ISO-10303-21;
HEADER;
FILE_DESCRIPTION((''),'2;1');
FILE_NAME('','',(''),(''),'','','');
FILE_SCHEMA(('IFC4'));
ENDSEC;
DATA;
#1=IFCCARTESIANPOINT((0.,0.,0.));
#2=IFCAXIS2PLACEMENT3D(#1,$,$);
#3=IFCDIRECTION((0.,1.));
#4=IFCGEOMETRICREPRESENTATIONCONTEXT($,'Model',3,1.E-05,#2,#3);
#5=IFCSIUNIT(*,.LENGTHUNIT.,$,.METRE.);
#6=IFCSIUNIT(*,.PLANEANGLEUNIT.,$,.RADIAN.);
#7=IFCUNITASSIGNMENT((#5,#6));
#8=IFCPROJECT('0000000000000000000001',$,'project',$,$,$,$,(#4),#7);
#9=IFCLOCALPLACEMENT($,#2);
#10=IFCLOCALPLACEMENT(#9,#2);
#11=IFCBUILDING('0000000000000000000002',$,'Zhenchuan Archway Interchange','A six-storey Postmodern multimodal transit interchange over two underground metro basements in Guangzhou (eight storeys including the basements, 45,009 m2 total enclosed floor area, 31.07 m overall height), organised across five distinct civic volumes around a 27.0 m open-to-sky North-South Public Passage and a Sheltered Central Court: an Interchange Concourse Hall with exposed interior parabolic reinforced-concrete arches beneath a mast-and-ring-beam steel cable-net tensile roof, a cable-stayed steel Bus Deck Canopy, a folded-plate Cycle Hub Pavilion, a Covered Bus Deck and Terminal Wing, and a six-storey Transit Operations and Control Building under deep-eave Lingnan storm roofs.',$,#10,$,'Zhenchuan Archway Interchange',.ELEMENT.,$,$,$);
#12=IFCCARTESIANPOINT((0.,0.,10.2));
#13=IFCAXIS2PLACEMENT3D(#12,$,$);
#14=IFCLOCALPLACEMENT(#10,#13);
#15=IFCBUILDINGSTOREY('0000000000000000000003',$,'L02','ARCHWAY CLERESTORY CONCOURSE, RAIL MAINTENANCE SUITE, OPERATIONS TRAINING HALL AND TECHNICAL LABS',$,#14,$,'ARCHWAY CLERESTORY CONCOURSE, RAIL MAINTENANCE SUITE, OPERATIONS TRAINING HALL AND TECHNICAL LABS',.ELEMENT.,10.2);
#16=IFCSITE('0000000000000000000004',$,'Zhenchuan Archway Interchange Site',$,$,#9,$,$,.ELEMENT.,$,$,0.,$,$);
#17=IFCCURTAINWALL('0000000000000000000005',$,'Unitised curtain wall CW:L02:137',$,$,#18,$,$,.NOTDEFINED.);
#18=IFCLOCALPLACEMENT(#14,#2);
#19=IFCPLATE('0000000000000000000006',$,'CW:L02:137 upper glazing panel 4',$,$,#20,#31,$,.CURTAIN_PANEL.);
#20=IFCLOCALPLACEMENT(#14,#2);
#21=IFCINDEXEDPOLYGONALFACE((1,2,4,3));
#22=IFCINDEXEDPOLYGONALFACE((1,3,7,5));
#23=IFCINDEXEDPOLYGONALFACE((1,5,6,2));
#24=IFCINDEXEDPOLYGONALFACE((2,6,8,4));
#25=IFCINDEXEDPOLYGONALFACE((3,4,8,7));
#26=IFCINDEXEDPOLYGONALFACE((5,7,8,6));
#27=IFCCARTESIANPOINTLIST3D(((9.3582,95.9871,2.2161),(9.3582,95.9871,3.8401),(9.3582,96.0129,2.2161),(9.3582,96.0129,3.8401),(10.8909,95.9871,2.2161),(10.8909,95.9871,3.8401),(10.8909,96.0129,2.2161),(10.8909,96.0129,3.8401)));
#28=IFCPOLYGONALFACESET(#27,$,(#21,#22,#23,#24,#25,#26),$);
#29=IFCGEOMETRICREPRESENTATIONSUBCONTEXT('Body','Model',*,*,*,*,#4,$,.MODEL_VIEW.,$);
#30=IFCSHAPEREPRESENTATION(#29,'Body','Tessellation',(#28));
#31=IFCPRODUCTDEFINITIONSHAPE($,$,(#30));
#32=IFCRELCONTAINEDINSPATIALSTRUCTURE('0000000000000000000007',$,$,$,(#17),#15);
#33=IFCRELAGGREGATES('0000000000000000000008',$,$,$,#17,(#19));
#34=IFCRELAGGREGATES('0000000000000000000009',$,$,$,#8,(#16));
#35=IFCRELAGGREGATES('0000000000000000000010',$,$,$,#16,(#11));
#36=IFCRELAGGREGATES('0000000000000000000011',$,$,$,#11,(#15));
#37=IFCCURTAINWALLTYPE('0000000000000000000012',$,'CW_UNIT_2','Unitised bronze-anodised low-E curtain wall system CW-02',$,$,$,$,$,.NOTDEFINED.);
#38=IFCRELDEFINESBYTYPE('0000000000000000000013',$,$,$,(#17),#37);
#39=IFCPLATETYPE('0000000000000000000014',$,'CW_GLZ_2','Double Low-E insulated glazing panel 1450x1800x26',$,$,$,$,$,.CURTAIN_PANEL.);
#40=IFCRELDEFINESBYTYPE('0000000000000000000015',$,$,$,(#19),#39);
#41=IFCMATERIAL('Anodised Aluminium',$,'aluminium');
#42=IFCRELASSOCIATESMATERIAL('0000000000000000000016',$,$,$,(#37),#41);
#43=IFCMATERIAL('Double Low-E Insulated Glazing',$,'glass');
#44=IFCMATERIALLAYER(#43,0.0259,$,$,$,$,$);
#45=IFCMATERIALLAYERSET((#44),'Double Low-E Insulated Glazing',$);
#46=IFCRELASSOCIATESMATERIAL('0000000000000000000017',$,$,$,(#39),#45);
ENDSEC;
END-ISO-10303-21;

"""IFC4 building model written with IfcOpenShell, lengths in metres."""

from ifc_helpers import new_model, si_unit, direction, frame, origin, origin_2d, place, context, subcontext, project, spatial, rectangle, extrude, material, layer, layer_set, type_object, element, aggregate, save


model = new_model("IFC4")

# Units and contexts
model_context = context("Model", 3, precision=1e-05, world=origin(), true_north=direction((0.0, 1.0)))
body_context = subcontext(model_context, "Body", "Model", "MODEL_VIEW")
ifc_project = project(units=[si_unit("LENGTHUNIT", "METRE"), si_unit("PLANEANGLEUNIT", "RADIAN")], contexts=[model_context])

# Site, building, storey
site_placement = place(None, origin())
site = spatial("IfcSite", under=ifc_project, at=site_placement, Name="Zhenchuan Archway Interchange Site", CompositionType="ELEMENT", RefElevation=0.0)
building_placement = place(site_placement, origin())
building = spatial("IfcBuilding", under=site, at=building_placement, Name="Zhenchuan Archway Interchange", Description="A six-storey Postmodern multimodal transit interchange over two underground metro basements in Guangzhou (eight storeys including the basements, 45,009 m2 total enclosed floor area, 31.07 m overall height), organised across five distinct civic volumes around a 27.0 m open-to-sky North-South Public Passage and a Sheltered Central Court: an Interchange Concourse Hall with exposed interior parabolic reinforced-concrete arches beneath a mast-and-ring-beam steel cable-net tensile roof, a cable-stayed steel Bus Deck Canopy, a folded-plate Cycle Hub Pavilion, a Covered Bus Deck and Terminal Wing, and a six-storey Transit Operations and Control Building under deep-eave Lingnan storm roofs.", LongName="Zhenchuan Archway Interchange", CompositionType="ELEMENT")
storey_placement = place(building_placement, frame((0.0, 0.0, 10.2)))
storey = spatial("IfcBuildingStorey", under=building, at=storey_placement, Name="L02", Description="ARCHWAY CLERESTORY CONCOURSE, RAIL MAINTENANCE SUITE, OPERATIONS TRAINING HALL AND TECHNICAL LABS", LongName="ARCHWAY CLERESTORY CONCOURSE, RAIL MAINTENANCE SUITE, OPERATIONS TRAINING HALL AND TECHNICAL LABS", CompositionType="ELEMENT", Elevation=10.2)

# Curtain wall
ifc_material_1 = material(Name="Anodised Aluminium", Category="aluminium")
curtain_wall_type = type_object("IfcCurtainWallType", Name="CW_UNIT_2", Description="Unitised bronze-anodised low-E curtain wall system CW-02", PredefinedType="NOTDEFINED", material=ifc_material_1)
curtain_wall_placement = place(storey_placement, origin())
curtain_wall = element("IfcCurtainWall", 1, at=curtain_wall_placement, inside=storey, type_object=curtain_wall_type, Name="Unitised curtain wall CW:L02:137", PredefinedType="NOTDEFINED")

# Plate
ifc_material_2 = material(Name="Double Low-E Insulated Glazing", Category="glass")
ifc_layer_1 = layer(ifc_material_2, 0.0259)
ifc_layer_set_1 = layer_set([ifc_layer_1], Name="Double Low-E Insulated Glazing")
plate_type_1 = type_object("IfcPlateType", Name="CW_GLZ_2", Description="Double Low-E insulated glazing panel 1450x1800x26", PredefinedType="CURTAIN_PANEL", material=ifc_layer_set_1)
plate_1_placement = place(storey_placement, frame((10.1245, 96.0, 2.2161), z_axis=(0.0, 0.0, 1.0), x_axis=(-1.0, 0.0, 0.0)))
plate_1 = element("IfcPlate", 2, at=plate_1_placement, type_object=plate_type_1, Name="CW:L02:137 upper glazing panel 4", PredefinedType="CURTAIN_PANEL", context=body_context, shape_type="SweptSolid", body=[
    extrude(rectangle(XDim=1.5327, YDim=0.0259, at=origin_2d()), origin(), (0.0, 0.0, 1.0), 1.624),
])
aggregate(curtain_wall, [plate_1])

save(model, "model.ifc")
